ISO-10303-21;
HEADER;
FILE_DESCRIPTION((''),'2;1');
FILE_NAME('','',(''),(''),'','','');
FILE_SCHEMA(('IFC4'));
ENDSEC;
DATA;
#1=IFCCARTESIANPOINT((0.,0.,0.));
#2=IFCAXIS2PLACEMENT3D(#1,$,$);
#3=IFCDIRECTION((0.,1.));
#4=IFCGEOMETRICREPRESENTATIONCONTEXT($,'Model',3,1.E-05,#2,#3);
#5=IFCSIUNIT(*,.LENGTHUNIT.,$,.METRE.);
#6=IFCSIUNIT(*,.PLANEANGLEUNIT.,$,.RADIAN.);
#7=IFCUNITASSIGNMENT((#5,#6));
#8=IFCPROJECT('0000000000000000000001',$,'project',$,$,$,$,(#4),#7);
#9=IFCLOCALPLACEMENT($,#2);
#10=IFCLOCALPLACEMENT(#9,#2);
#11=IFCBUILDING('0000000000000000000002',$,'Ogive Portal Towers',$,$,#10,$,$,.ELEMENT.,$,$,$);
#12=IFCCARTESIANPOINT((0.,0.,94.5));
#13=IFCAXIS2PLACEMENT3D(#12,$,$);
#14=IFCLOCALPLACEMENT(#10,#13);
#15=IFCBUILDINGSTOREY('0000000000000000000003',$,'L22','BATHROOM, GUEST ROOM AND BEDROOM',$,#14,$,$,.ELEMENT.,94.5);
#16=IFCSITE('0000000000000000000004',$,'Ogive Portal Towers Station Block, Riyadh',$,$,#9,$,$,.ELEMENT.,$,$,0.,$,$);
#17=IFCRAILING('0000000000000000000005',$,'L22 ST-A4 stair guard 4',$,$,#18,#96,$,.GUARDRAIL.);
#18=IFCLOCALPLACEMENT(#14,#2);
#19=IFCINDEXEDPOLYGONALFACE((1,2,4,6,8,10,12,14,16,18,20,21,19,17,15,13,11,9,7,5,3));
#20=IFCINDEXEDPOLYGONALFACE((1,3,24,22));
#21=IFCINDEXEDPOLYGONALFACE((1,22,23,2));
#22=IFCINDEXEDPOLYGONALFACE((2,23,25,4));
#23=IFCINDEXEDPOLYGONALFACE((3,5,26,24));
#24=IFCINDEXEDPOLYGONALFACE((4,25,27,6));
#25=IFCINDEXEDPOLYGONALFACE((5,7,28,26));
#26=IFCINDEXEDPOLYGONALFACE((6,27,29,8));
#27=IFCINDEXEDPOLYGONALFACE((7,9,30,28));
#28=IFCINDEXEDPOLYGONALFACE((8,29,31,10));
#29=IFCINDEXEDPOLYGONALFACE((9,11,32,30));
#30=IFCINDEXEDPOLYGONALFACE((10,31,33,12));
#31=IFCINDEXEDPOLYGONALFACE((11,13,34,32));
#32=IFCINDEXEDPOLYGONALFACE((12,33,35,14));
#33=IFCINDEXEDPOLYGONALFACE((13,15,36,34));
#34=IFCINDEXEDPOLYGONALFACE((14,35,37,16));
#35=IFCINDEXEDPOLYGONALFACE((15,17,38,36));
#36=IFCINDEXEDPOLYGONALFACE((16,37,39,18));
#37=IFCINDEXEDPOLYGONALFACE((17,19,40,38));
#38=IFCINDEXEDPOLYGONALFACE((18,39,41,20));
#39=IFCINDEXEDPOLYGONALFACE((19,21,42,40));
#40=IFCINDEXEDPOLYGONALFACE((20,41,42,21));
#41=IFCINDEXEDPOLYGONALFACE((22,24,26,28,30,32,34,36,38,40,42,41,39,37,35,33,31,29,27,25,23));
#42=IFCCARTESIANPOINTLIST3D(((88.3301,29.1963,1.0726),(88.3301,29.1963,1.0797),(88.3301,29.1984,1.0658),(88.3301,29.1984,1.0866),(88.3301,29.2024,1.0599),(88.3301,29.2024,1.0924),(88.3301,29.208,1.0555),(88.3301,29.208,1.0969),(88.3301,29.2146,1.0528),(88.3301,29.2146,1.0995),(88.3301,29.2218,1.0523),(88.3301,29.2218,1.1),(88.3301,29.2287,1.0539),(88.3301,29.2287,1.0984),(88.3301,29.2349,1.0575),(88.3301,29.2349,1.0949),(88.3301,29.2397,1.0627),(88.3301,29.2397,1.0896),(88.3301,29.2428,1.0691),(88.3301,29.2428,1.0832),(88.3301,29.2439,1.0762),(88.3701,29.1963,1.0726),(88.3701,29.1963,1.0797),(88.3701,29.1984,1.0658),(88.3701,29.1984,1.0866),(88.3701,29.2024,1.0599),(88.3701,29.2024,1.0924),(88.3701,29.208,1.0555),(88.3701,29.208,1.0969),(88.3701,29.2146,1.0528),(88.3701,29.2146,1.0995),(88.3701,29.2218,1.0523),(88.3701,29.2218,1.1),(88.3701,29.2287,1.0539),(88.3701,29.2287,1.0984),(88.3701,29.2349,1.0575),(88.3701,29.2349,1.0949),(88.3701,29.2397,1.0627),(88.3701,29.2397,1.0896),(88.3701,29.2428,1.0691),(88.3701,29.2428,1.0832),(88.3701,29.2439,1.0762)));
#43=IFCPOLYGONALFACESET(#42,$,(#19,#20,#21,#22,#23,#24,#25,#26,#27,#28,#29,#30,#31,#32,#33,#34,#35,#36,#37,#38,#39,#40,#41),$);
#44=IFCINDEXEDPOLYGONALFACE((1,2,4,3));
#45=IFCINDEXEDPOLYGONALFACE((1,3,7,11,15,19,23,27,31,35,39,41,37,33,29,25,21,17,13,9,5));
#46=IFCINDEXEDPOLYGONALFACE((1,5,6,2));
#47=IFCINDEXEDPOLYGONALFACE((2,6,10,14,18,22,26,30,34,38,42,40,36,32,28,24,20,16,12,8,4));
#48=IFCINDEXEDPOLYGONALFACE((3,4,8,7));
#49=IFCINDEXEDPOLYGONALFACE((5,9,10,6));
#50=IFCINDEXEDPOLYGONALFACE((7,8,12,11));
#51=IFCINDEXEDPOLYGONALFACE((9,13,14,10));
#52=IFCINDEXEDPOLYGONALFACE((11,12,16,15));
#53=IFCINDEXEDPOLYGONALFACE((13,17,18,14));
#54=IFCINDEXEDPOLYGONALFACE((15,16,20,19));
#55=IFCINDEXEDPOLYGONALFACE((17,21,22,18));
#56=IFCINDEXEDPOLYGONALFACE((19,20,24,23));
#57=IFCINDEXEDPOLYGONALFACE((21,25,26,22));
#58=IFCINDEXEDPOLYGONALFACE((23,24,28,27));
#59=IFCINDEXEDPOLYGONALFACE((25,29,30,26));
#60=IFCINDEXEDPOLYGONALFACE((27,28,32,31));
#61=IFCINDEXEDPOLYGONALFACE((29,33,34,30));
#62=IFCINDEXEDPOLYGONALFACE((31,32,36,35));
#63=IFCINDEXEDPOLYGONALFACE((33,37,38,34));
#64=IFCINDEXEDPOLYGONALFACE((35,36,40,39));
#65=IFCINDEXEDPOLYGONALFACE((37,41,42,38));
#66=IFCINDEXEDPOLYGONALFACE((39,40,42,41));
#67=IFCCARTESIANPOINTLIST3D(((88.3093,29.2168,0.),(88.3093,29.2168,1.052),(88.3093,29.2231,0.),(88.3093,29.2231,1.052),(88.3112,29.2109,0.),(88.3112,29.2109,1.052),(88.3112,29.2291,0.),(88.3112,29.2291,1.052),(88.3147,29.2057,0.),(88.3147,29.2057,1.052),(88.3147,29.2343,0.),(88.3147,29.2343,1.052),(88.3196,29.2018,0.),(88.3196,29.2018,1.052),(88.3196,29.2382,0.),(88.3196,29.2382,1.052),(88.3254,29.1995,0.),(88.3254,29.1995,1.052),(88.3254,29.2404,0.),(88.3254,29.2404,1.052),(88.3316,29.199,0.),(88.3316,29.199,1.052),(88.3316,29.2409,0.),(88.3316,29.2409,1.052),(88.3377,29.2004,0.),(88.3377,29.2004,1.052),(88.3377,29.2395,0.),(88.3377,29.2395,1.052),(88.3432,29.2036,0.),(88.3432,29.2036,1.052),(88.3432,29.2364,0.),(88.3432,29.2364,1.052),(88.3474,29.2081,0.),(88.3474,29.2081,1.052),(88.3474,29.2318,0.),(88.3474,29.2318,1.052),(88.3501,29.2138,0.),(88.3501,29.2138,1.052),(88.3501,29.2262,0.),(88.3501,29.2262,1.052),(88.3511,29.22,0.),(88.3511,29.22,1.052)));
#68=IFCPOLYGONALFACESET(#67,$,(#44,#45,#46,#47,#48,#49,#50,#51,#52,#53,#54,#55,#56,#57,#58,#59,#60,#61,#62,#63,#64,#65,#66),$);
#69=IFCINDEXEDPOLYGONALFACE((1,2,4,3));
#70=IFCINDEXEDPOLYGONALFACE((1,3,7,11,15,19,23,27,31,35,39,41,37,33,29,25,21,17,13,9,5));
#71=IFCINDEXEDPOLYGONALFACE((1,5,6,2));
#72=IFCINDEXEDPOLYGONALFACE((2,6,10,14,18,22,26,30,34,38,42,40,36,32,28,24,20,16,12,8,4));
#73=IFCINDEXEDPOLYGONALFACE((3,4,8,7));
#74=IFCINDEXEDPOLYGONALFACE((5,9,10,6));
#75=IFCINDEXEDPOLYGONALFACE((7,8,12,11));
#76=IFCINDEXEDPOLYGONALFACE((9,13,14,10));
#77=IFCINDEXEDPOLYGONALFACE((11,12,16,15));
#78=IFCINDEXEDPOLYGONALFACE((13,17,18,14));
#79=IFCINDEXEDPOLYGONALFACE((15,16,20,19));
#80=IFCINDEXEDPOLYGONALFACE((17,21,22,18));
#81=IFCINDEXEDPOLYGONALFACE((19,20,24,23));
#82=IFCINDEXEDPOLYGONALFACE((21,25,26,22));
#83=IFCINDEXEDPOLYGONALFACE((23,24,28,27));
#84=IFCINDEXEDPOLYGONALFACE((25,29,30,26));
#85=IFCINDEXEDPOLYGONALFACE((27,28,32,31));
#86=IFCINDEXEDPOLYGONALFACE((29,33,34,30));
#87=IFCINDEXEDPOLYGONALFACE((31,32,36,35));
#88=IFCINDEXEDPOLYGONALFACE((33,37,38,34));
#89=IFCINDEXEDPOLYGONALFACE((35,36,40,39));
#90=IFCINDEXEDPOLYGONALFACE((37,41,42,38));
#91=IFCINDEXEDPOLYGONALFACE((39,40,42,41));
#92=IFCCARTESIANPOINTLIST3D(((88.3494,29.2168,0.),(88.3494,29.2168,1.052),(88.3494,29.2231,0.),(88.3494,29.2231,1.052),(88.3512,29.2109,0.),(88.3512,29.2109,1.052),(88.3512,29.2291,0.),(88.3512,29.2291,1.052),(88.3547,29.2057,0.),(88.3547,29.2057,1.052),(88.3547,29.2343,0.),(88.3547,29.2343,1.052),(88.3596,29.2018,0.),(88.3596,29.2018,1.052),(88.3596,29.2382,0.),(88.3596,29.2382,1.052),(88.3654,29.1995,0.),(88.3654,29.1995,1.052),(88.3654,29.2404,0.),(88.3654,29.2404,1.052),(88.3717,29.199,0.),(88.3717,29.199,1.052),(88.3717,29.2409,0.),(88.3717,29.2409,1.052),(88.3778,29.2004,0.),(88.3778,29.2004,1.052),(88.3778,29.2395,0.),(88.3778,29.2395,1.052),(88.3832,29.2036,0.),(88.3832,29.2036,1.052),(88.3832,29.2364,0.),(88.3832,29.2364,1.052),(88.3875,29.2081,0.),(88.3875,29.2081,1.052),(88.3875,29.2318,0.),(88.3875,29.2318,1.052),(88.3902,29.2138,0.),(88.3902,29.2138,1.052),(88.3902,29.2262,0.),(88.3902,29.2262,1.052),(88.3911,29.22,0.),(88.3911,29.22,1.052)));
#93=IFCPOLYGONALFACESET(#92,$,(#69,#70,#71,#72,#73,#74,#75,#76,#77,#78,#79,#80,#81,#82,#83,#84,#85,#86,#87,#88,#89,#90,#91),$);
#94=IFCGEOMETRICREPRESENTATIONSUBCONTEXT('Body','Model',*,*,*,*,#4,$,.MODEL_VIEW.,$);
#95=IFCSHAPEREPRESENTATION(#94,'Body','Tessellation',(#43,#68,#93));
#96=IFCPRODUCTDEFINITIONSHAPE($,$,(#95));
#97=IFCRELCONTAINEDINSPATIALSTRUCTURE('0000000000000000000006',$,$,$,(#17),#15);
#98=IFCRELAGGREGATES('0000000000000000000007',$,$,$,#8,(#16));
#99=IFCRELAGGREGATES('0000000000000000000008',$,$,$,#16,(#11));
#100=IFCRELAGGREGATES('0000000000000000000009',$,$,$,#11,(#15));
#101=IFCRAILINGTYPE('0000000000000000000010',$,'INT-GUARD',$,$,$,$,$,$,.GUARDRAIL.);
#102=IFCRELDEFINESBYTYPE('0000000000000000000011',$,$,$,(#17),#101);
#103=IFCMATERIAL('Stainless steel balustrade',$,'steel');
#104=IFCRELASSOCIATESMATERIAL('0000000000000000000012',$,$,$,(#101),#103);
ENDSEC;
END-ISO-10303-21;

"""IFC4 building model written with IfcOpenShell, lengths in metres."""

from ifc_helpers import new_model, si_unit, direction, frame, origin, origin_2d, place, context, subcontext, project, spatial, circle, extrude, material, type_object, element, save


model = new_model("IFC4")

# Units and contexts
model_context = context("Model", 3, precision=1e-05, world=origin(), true_north=direction((0.0, 1.0)))
body_context = subcontext(model_context, "Body", "Model", "MODEL_VIEW")
ifc_project = project(units=[si_unit("LENGTHUNIT", "METRE"), si_unit("PLANEANGLEUNIT", "RADIAN")], contexts=[model_context])

# Site, building, storey
site_placement = place(None, origin())
site = spatial("IfcSite", under=ifc_project, at=site_placement, Name="Ogive Portal Towers Station Block, Riyadh", CompositionType="ELEMENT", RefElevation=0.0)
building_placement = place(site_placement, origin())
building = spatial("IfcBuilding", under=site, at=building_placement, Name="Ogive Portal Towers", CompositionType="ELEMENT")
storey_placement = place(building_placement, frame((0.0, 0.0, 94.5)))
storey = spatial("IfcBuildingStorey", under=building, at=storey_placement, Name="L22", Description="BATHROOM, GUEST ROOM AND BEDROOM", CompositionType="ELEMENT", Elevation=94.5)

# Railing
ifc_material_1 = material(Name="Stainless steel balustrade", Category="steel")
railing_type_1 = type_object("IfcRailingType", Name="INT-GUARD", PredefinedType="GUARDRAIL", material=ifc_material_1)
railing_1_placement = place(storey_placement, frame((88.3301, 29.22, 0.0)))
element("IfcRailing", 1, at=railing_1_placement, inside=storey, type_object=railing_type_1, Name="L22 ST-A4 stair guard 4", PredefinedType="GUARDRAIL", context=body_context, shape_type="SweptSolid", body=[
    extrude(circle(Radius=0.0239, at=origin_2d()), frame((0.0, 0.0, 1.0762), z_axis=(1.0, 0.0, 0.0), x_axis=(0.0, 1.0, 0.0)), (0.0, 0.0, 1.0), 0.04),
    extrude(circle(Radius=0.021, at=origin_2d()), origin(), (0.0, 0.0, 1.0), 1.052),
    extrude(circle(Radius=0.021, at=origin_2d()), frame((0.04, 0.0, 0.0)), (0.0, 0.0, 1.0), 1.052),
])

save(model, "model.ifc")
